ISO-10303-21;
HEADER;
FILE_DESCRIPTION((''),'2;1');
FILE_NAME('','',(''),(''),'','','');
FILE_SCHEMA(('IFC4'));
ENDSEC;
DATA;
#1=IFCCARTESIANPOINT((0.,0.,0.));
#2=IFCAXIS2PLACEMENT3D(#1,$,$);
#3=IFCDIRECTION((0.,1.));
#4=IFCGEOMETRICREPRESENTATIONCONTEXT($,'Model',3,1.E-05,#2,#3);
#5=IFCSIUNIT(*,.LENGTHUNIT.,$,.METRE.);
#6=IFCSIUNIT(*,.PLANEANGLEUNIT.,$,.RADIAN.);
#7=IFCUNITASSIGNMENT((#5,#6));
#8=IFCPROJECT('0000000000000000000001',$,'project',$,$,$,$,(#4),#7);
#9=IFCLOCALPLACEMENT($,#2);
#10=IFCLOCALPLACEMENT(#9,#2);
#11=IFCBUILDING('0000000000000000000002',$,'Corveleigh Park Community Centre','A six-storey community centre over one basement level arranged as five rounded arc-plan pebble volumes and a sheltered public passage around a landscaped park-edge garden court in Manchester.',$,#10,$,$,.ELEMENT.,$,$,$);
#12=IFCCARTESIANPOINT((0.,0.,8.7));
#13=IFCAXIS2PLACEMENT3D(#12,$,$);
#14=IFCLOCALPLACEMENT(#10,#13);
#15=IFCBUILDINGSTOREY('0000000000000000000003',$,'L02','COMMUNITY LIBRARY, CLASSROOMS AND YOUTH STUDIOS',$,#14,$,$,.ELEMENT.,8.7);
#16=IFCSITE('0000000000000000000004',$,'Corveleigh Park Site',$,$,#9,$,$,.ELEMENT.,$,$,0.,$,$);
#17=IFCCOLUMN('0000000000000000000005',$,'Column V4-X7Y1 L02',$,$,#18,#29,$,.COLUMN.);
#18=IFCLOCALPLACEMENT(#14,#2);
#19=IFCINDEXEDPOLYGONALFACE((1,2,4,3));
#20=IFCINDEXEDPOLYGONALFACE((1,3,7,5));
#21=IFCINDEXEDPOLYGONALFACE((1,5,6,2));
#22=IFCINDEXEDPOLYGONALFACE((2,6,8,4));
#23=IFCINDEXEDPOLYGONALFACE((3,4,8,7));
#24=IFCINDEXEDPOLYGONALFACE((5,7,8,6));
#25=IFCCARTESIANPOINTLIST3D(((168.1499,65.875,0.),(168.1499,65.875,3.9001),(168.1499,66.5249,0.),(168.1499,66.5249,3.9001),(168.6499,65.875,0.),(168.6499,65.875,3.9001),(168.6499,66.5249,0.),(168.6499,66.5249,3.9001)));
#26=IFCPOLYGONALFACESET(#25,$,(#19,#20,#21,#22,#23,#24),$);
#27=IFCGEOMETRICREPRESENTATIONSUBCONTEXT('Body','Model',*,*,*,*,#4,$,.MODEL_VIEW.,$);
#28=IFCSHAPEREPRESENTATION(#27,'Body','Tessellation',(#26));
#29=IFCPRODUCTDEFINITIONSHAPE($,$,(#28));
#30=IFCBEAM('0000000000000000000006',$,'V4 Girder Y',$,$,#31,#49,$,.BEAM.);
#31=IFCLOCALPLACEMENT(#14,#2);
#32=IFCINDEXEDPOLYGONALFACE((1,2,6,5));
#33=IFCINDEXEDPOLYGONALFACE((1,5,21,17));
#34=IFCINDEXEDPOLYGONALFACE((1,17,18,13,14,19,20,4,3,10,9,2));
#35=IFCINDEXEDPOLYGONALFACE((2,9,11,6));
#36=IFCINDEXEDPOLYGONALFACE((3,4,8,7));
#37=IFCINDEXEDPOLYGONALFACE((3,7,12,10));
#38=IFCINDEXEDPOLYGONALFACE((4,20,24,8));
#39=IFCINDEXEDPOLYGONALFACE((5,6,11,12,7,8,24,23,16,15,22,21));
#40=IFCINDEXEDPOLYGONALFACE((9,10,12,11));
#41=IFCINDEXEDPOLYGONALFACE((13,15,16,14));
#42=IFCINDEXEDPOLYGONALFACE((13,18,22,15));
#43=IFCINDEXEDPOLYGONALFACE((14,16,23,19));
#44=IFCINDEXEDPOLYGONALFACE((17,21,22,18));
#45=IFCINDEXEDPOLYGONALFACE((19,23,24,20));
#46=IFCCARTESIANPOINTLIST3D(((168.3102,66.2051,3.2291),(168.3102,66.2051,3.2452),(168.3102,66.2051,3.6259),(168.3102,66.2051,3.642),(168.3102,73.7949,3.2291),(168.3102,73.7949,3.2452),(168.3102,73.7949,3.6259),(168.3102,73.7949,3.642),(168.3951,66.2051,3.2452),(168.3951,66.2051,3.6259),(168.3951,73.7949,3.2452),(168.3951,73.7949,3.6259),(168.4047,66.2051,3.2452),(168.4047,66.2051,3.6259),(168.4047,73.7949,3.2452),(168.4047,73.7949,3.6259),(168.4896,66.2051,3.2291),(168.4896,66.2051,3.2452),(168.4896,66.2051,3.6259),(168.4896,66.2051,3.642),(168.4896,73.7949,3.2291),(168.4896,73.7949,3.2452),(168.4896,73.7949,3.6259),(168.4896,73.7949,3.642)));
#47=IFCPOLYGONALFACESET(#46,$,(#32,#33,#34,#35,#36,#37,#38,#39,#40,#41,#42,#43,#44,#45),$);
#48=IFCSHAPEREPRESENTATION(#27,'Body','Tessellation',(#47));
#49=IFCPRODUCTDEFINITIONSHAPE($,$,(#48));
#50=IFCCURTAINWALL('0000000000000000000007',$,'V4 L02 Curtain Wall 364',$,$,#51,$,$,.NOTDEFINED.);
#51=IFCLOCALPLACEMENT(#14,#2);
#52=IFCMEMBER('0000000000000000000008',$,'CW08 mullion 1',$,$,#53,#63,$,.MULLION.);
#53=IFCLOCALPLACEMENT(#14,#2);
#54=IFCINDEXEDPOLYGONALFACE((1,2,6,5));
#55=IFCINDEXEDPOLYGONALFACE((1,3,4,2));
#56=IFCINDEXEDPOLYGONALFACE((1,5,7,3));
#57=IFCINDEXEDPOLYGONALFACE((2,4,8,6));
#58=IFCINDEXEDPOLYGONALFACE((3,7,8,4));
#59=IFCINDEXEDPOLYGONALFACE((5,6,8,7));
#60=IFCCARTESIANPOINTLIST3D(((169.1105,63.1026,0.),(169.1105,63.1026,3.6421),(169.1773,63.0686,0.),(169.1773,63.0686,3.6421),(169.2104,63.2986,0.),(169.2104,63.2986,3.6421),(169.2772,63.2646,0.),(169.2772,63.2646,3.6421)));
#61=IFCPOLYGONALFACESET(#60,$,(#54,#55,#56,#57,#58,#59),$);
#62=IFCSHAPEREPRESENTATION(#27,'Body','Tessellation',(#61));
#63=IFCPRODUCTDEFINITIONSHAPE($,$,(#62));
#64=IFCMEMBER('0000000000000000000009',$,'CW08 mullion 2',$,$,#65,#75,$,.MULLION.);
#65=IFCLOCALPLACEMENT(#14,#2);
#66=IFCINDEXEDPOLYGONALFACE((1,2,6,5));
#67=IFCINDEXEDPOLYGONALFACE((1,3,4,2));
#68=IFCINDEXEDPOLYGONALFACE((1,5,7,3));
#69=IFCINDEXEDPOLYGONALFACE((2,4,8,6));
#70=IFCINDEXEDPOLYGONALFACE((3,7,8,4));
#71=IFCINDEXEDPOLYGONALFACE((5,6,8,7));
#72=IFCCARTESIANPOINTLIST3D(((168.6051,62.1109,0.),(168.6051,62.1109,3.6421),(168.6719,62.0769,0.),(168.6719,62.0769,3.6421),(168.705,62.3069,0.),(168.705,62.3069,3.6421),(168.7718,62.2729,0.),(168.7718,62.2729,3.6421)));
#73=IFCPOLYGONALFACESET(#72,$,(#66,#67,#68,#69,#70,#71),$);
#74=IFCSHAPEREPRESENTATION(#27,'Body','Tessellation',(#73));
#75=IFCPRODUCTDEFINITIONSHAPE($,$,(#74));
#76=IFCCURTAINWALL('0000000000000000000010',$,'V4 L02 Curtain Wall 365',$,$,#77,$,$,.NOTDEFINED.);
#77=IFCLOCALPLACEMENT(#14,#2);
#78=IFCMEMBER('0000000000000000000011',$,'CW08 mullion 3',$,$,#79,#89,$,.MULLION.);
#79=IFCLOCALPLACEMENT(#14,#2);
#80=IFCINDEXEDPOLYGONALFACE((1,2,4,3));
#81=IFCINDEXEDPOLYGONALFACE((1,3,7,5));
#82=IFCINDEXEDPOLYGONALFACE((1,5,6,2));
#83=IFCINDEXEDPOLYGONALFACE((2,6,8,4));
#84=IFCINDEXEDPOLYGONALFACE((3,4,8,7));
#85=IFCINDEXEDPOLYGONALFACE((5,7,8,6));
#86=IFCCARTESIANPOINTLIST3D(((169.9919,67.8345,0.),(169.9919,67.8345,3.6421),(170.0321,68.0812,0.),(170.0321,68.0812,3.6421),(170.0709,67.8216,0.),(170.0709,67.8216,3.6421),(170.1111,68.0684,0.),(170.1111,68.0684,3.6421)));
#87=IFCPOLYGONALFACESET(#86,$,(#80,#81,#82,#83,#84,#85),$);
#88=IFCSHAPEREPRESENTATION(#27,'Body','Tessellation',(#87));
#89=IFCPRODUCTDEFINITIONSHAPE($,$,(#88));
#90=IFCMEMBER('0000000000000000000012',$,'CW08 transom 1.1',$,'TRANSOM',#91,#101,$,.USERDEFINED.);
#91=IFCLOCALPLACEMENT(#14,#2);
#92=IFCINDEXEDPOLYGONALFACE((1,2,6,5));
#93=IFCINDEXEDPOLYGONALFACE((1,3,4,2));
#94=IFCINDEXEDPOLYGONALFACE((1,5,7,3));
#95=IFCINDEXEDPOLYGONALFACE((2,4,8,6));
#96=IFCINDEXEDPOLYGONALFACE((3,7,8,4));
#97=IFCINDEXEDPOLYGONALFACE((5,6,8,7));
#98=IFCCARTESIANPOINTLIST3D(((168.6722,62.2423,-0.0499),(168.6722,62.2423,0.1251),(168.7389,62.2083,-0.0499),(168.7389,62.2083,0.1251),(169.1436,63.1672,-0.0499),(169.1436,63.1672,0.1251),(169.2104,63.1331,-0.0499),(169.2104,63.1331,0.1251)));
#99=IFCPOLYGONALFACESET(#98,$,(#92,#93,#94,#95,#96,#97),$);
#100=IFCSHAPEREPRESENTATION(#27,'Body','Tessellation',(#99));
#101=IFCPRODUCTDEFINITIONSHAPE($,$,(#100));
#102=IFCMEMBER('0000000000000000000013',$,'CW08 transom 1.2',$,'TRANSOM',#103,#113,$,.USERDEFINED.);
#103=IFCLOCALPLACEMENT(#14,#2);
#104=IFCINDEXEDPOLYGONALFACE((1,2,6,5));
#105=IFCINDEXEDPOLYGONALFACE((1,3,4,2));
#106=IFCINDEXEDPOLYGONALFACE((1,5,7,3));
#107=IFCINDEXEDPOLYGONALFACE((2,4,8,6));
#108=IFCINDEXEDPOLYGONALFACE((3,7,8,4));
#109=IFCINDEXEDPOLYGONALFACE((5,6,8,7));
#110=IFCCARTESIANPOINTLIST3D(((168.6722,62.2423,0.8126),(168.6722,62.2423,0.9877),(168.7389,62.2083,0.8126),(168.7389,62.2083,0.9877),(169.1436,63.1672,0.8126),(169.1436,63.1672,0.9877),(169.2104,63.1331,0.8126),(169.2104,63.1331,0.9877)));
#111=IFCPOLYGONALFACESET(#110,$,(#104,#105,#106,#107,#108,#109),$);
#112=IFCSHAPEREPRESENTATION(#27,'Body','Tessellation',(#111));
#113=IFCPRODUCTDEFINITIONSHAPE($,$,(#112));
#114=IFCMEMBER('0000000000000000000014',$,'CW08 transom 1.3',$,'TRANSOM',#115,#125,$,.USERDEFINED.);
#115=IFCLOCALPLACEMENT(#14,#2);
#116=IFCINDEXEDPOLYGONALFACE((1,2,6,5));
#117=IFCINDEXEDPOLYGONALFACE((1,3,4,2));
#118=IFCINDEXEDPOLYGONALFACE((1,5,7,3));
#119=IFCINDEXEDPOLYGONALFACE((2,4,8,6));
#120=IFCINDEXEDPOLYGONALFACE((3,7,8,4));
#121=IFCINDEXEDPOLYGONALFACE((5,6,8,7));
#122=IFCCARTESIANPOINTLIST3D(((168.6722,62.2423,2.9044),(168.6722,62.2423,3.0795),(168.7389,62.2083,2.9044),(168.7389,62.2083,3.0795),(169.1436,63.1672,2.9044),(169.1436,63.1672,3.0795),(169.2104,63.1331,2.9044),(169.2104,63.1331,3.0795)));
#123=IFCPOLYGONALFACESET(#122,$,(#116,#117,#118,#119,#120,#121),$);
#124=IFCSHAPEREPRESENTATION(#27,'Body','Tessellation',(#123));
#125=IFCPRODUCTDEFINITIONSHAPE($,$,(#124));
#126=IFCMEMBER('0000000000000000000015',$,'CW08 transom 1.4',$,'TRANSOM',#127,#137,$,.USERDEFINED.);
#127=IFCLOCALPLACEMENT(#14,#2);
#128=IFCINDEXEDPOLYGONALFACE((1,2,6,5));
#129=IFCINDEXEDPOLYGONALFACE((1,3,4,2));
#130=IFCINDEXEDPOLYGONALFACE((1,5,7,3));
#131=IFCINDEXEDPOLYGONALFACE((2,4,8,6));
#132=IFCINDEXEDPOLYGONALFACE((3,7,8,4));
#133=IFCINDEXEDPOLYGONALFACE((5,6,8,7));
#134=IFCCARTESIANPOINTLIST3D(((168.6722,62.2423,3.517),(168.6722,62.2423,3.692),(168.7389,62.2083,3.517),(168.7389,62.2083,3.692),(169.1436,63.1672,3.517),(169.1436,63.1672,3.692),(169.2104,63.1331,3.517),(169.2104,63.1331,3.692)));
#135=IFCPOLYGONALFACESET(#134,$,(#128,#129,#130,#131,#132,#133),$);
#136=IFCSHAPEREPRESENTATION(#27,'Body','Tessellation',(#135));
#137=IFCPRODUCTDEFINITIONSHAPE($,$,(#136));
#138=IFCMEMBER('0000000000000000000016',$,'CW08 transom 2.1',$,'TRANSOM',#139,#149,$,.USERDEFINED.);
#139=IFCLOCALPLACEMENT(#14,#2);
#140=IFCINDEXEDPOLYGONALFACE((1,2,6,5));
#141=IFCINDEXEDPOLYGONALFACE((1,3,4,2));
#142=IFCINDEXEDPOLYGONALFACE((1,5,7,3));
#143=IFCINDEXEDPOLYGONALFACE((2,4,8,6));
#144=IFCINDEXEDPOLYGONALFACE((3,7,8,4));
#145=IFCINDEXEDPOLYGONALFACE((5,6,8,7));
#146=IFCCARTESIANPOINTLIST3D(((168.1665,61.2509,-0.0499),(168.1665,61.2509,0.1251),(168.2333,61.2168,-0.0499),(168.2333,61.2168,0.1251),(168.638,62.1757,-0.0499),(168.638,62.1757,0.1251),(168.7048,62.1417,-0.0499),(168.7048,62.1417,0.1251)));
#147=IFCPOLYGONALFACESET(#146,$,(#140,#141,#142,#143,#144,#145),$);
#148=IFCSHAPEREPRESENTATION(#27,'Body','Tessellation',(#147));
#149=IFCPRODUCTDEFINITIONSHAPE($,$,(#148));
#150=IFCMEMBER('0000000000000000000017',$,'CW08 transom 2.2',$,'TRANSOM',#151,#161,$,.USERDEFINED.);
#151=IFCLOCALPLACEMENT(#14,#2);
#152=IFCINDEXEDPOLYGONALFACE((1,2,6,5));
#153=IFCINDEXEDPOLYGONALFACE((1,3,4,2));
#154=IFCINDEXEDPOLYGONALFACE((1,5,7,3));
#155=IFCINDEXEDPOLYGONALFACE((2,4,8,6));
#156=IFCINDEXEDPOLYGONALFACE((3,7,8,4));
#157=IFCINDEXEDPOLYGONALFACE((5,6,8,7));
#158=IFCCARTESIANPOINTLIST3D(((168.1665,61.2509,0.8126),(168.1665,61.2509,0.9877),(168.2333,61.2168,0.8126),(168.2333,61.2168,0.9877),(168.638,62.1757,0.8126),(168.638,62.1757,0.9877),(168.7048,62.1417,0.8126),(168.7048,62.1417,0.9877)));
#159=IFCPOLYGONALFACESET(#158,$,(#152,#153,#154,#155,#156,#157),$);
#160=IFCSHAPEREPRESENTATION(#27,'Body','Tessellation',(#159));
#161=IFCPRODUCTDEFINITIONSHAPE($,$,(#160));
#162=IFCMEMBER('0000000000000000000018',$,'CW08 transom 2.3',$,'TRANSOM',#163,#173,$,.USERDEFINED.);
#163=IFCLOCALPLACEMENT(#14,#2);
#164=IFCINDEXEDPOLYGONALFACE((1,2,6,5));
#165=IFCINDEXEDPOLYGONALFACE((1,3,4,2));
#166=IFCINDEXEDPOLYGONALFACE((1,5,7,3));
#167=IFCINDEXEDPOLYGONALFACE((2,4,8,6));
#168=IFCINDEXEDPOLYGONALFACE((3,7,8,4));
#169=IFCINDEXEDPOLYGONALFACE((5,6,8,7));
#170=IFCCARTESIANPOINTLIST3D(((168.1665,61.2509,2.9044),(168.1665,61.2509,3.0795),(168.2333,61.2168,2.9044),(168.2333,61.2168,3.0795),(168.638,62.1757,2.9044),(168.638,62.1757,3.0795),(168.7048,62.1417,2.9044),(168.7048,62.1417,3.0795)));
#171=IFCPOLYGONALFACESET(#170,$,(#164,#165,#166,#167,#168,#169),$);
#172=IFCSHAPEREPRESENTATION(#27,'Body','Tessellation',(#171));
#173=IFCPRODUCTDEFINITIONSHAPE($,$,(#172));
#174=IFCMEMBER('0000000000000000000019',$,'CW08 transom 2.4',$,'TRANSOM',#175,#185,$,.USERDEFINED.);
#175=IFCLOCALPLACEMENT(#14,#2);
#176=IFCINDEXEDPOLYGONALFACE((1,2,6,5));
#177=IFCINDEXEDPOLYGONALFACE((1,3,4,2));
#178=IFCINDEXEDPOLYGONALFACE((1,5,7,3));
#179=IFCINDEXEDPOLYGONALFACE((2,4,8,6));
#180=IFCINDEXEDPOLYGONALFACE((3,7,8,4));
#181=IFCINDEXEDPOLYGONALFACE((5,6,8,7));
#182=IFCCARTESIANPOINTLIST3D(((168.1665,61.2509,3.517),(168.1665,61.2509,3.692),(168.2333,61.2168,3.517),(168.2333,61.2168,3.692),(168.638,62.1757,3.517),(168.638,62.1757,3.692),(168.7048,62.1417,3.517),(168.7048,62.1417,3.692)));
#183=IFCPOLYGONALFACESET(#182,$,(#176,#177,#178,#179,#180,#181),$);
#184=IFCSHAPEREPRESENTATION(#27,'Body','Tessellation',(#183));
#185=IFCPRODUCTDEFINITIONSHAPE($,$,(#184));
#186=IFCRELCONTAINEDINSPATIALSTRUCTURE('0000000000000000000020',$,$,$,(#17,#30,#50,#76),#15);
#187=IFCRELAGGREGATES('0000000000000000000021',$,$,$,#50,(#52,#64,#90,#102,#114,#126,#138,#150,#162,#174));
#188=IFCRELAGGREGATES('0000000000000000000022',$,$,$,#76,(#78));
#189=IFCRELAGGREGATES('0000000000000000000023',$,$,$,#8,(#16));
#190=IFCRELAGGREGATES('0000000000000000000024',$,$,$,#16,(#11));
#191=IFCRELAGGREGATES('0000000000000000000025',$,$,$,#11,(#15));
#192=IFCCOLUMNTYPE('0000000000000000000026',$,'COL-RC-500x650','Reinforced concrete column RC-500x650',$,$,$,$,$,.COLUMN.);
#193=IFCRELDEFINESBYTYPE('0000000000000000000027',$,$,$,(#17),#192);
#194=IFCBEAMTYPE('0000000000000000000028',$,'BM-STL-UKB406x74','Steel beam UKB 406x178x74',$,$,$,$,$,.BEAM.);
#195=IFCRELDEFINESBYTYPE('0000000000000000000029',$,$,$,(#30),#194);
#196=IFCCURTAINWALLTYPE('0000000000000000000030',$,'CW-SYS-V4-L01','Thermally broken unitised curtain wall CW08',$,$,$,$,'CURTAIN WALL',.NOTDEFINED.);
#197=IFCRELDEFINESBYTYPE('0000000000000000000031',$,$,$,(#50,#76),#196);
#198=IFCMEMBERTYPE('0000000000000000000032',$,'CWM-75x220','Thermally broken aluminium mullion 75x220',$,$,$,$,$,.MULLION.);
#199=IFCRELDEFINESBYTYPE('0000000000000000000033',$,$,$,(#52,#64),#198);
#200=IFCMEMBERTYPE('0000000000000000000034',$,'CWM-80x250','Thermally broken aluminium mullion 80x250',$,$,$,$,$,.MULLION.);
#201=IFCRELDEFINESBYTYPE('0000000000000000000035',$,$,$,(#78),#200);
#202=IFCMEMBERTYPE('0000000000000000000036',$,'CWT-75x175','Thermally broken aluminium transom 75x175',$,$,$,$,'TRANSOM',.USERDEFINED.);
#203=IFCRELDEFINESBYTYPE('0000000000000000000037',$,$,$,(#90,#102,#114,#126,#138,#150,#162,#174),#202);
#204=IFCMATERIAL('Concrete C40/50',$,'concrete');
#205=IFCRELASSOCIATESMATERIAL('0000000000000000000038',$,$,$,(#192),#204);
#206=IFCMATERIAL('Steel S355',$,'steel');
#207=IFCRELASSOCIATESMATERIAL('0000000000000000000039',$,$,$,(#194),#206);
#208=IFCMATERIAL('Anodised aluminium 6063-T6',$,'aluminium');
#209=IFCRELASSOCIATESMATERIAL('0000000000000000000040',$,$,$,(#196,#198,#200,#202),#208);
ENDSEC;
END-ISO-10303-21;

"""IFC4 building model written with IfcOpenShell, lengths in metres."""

from ifc_helpers import new_model, si_unit, direction, frame, origin, origin_2d, place, context, subcontext, project, spatial, rectangle, i_section, extrude, material, material_profile, profile_set, type_object, element, aggregate, save


model = new_model("IFC4")

# Units and contexts
model_context = context("Model", 3, precision=1e-05, world=origin(), true_north=direction((0.0, 1.0)))
body_context = subcontext(model_context, "Body", "Model", "MODEL_VIEW")
ifc_project = project(units=[si_unit("LENGTHUNIT", "METRE"), si_unit("PLANEANGLEUNIT", "RADIAN")], contexts=[model_context])

# Site, building, storey
site_placement = place(None, origin())
site = spatial("IfcSite", under=ifc_project, at=site_placement, Name="Corveleigh Park Site", CompositionType="ELEMENT", RefElevation=0.0)
building_placement = place(site_placement, origin())
building = spatial("IfcBuilding", under=site, at=building_placement, Name="Corveleigh Park Community Centre", Description="A six-storey community centre over one basement level arranged as five rounded arc-plan pebble volumes and a sheltered public passage around a landscaped park-edge garden court in Manchester.", CompositionType="ELEMENT")
storey_placement = place(building_placement, frame((0.0, 0.0, 8.7)))
storey = spatial("IfcBuildingStorey", under=building, at=storey_placement, Name="L02", Description="COMMUNITY LIBRARY, CLASSROOMS AND YOUTH STUDIOS", CompositionType="ELEMENT", Elevation=8.7)

# Column
ifc_material_1 = material(Name="Concrete C40/50", Category="concrete")
ifc_material_profile_1 = material_profile(ifc_material_1, rectangle(XDim=0.5, YDim=0.6499, at=origin_2d()), Name="RC-500x650", Category="concrete")
ifc_profile_set_1 = profile_set([ifc_material_profile_1], Name="Concrete C40/50")
column_type = type_object("IfcColumnType", Name="COL-RC-500x650", Description="Reinforced concrete column RC-500x650", PredefinedType="COLUMN", material=ifc_profile_set_1)
column_placement = place(storey_placement, frame((168.3999, 66.2, 0.0), z_axis=(0.0, 0.0, 1.0), x_axis=(1.0, 0.0, 0.0)))
element("IfcColumn", 1, at=column_placement, inside=storey, type_object=column_type, Name="Column V4-X7Y1 L02", PredefinedType="COLUMN", context=body_context, shape_type="SweptSolid", body=[
    extrude(rectangle(XDim=0.5, YDim=0.6499, at=origin_2d()), origin(), (0.0, 0.0, 1.0), 3.9001),
])

# Beam
ifc_material_2 = material(Name="Steel S355", Category="steel")
ifc_material_profile_2 = material_profile(ifc_material_2, i_section(OverallWidth=0.1794, OverallDepth=0.4128, WebThickness=0.0095, FlangeThickness=0.0161, at=origin_2d()), Name="UKB 406x178x74", Category="steel")
ifc_profile_set_2 = profile_set([ifc_material_profile_2], Name="Steel S355")
beam_type = type_object("IfcBeamType", Name="BM-STL-UKB406x74", Description="Steel beam UKB 406x178x74", PredefinedType="BEAM", material=ifc_profile_set_2)
beam_placement = place(storey_placement, frame((168.3999, 66.2051, 3.4355), z_axis=(0.0, 1.0, 0.0), x_axis=(-1.0, 0.0, 0.0)))
element("IfcBeam", 2, at=beam_placement, inside=storey, type_object=beam_type, Name="V4 Girder Y", PredefinedType="BEAM", context=body_context, shape_type="SweptSolid", body=[
    extrude(i_section(OverallWidth=0.1794, OverallDepth=0.4128, WebThickness=0.0095, FlangeThickness=0.0161, at=origin_2d()), origin(), (0.0, 0.0, 1.0), 7.5898),
])

# Curtain wall, members
ifc_material_3 = material(Name="Anodised aluminium 6063-T6", Category="aluminium")
curtain_wall_type = type_object("IfcCurtainWallType", Name="CW-SYS-V4-L01", Description="Thermally broken unitised curtain wall CW08", ElementType="CURTAIN WALL", PredefinedType="NOTDEFINED", material=ifc_material_3)
curtain_wall_1_placement = place(storey_placement, origin())
curtain_wall_1 = element("IfcCurtainWall", 3, at=curtain_wall_1_placement, inside=storey, type_object=curtain_wall_type, Name="V4 L02 Curtain Wall 364", PredefinedType="NOTDEFINED")
ifc_material_profile_3 = material_profile(ifc_material_3, rectangle(XDim=0.075, YDim=0.22, at=origin_2d()), Name="ALU-M75x220", Category="aluminium")
ifc_profile_set_3 = profile_set([ifc_material_profile_3], Name="Anodised aluminium 6063-T6")
member_type_1 = type_object("IfcMemberType", Name="CWM-75x220", Description="Thermally broken aluminium mullion 75x220", PredefinedType="MULLION", material=ifc_profile_set_3)
member_1_placement = place(storey_placement, frame((169.1938, 63.1836, 0.0), z_axis=(0.0, 0.0, 1.0), x_axis=(0.890923, -0.454154, 0.0)))
member_1 = element("IfcMember", 4, at=member_1_placement, type_object=member_type_1, Name="CW08 mullion 1", PredefinedType="MULLION", context=body_context, shape_type="SweptSolid", body=[
    extrude(rectangle(XDim=0.075, YDim=0.22, at=origin_2d()), origin(), (0.0, 0.0, 1.0), 3.6421),
])
member_2_placement = place(storey_placement, frame((168.6885, 62.1919, 0.0), z_axis=(0.0, 0.0, 1.0), x_axis=(0.890923, -0.454154, 0.0)))
member_2 = element("IfcMember", 5, at=member_2_placement, type_object=member_type_1, Name="CW08 mullion 2", PredefinedType="MULLION", context=body_context, shape_type="SweptSolid", body=[
    extrude(rectangle(XDim=0.075, YDim=0.22, at=origin_2d()), origin(), (0.0, 0.0, 1.0), 3.6421),
])

# Curtain wall, member
curtain_wall_2_placement = place(storey_placement, origin())
curtain_wall_2 = element("IfcCurtainWall", 6, at=curtain_wall_2_placement, inside=storey, type_object=curtain_wall_type, Name="V4 L02 Curtain Wall 365", PredefinedType="NOTDEFINED")
ifc_material_profile_4 = material_profile(ifc_material_3, rectangle(XDim=0.0801, YDim=0.25, at=origin_2d()), Name="ALU-M80x250", Category="aluminium")
ifc_profile_set_4 = profile_set([ifc_material_profile_4], Name="Anodised aluminium 6063-T6")
member_type_2 = type_object("IfcMemberType", Name="CWM-80x250", Description="Thermally broken aluminium mullion 80x250", PredefinedType="MULLION", material=ifc_profile_set_4)
member_3_placement = place(storey_placement, frame((170.0515, 67.9514, 0.0), z_axis=(0.0, 0.0, 1.0), x_axis=(0.986991, -0.160773, 0.0)))
member_3 = element("IfcMember", 7, at=member_3_placement, type_object=member_type_2, Name="CW08 mullion 3", PredefinedType="MULLION", context=body_context, shape_type="SweptSolid", body=[
    extrude(rectangle(XDim=0.0801, YDim=0.25, at=origin_2d()), origin(), (0.0, 0.0, 1.0), 3.6421),
])

# Members
ifc_material_profile_5 = material_profile(ifc_material_3, rectangle(XDim=0.075, YDim=0.175, at=origin_2d()), Name="ALU-T75x175", Category="aluminium")
ifc_profile_set_5 = profile_set([ifc_material_profile_5], Name="Anodised aluminium 6063-T6")
member_type_3 = type_object("IfcMemberType", Name="CWT-75x175", Description="Thermally broken aluminium transom 75x175", ElementType="TRANSOM", PredefinedType="USERDEFINED", material=ifc_profile_set_5)
member_4_placement = place(storey_placement, frame((169.177, 63.1501, 0.0376), z_axis=(-0.454162, -0.890919, 0.0), x_axis=(0.890919, -0.454162, 0.0)))
member_4 = element("IfcMember", 8, at=member_4_placement, type_object=member_type_3, Name="CW08 transom 1.1", ObjectType="TRANSOM", PredefinedType="USERDEFINED", context=body_context, shape_type="SweptSolid", body=[
    extrude(rectangle(XDim=0.075, YDim=0.175, at=origin_2d()), origin(), (0.0, 0.0, 1.0), 1.0381),
])
member_5_placement = place(storey_placement, frame((169.177, 63.1501, 0.9001), z_axis=(-0.454162, -0.890919, 0.0), x_axis=(0.890919, -0.454162, 0.0)))
member_5 = element("IfcMember", 9, at=member_5_placement, type_object=member_type_3, Name="CW08 transom 1.2", ObjectType="TRANSOM", PredefinedType="USERDEFINED", context=body_context, shape_type="SweptSolid", body=[
    extrude(rectangle(XDim=0.075, YDim=0.175, at=origin_2d()), origin(), (0.0, 0.0, 1.0), 1.0381),
])
member_6_placement = place(storey_placement, frame((169.177, 63.1501, 2.9919), z_axis=(-0.454162, -0.890919, 0.0), x_axis=(0.890919, -0.454162, 0.0)))
member_6 = element("IfcMember", 10, at=member_6_placement, type_object=member_type_3, Name="CW08 transom 1.3", ObjectType="TRANSOM", PredefinedType="USERDEFINED", context=body_context, shape_type="SweptSolid", body=[
    extrude(rectangle(XDim=0.075, YDim=0.175, at=origin_2d()), origin(), (0.0, 0.0, 1.0), 1.0381),
])
member_7_placement = place(storey_placement, frame((169.177, 63.1501, 3.6045), z_axis=(-0.454162, -0.890919, 0.0), x_axis=(0.890919, -0.454162, 0.0)))
member_7 = element("IfcMember", 11, at=member_7_placement, type_object=member_type_3, Name="CW08 transom 1.4", ObjectType="TRANSOM", PredefinedType="USERDEFINED", context=body_context, shape_type="SweptSolid", body=[
    extrude(rectangle(XDim=0.075, YDim=0.175, at=origin_2d()), origin(), (0.0, 0.0, 1.0), 1.0381),
])
member_8_placement = place(storey_placement, frame((168.6714, 62.1587, 0.0376), z_axis=(-0.454162, -0.890919, 0.0), x_axis=(0.890919, -0.454162, 0.0)))
member_8 = element("IfcMember", 12, at=member_8_placement, type_object=member_type_3, Name="CW08 transom 2.1", ObjectType="TRANSOM", PredefinedType="USERDEFINED", context=body_context, shape_type="SweptSolid", body=[
    extrude(rectangle(XDim=0.075, YDim=0.175, at=origin_2d()), origin(), (0.0, 0.0, 1.0), 1.0381),
])
member_9_placement = place(storey_placement, frame((168.6714, 62.1587, 0.9001), z_axis=(-0.454162, -0.890919, 0.0), x_axis=(0.890919, -0.454162, 0.0)))
member_9 = element("IfcMember", 13, at=member_9_placement, type_object=member_type_3, Name="CW08 transom 2.2", ObjectType="TRANSOM", PredefinedType="USERDEFINED", context=body_context, shape_type="SweptSolid", body=[
    extrude(rectangle(XDim=0.075, YDim=0.175, at=origin_2d()), origin(), (0.0, 0.0, 1.0), 1.0381),
])
member_10_placement = place(storey_placement, frame((168.6714, 62.1587, 2.9919), z_axis=(-0.454162, -0.890919, 0.0), x_axis=(0.890919, -0.454162, 0.0)))
member_10 = element("IfcMember", 14, at=member_10_placement, type_object=member_type_3, Name="CW08 transom 2.3", ObjectType="TRANSOM", PredefinedType="USERDEFINED", context=body_context, shape_type="SweptSolid", body=[
    extrude(rectangle(XDim=0.075, YDim=0.175, at=origin_2d()), origin(), (0.0, 0.0, 1.0), 1.0381),
])
member_11_placement = place(storey_placement, frame((168.6714, 62.1587, 3.6045), z_axis=(-0.454162, -0.890919, 0.0), x_axis=(0.890919, -0.454162, 0.0)))
member_11 = element("IfcMember", 15, at=member_11_placement, type_object=member_type_3, Name="CW08 transom 2.4", ObjectType="TRANSOM", PredefinedType="USERDEFINED", context=body_context, shape_type="SweptSolid", body=[
    extrude(rectangle(XDim=0.075, YDim=0.175, at=origin_2d()), origin(), (0.0, 0.0, 1.0), 1.0381),
])

aggregate(curtain_wall_1, [member_1, member_2, member_4, member_5, member_6, member_7, member_8, member_9, member_10, member_11])
aggregate(curtain_wall_2, [member_3])

save(model, "model.ifc")
